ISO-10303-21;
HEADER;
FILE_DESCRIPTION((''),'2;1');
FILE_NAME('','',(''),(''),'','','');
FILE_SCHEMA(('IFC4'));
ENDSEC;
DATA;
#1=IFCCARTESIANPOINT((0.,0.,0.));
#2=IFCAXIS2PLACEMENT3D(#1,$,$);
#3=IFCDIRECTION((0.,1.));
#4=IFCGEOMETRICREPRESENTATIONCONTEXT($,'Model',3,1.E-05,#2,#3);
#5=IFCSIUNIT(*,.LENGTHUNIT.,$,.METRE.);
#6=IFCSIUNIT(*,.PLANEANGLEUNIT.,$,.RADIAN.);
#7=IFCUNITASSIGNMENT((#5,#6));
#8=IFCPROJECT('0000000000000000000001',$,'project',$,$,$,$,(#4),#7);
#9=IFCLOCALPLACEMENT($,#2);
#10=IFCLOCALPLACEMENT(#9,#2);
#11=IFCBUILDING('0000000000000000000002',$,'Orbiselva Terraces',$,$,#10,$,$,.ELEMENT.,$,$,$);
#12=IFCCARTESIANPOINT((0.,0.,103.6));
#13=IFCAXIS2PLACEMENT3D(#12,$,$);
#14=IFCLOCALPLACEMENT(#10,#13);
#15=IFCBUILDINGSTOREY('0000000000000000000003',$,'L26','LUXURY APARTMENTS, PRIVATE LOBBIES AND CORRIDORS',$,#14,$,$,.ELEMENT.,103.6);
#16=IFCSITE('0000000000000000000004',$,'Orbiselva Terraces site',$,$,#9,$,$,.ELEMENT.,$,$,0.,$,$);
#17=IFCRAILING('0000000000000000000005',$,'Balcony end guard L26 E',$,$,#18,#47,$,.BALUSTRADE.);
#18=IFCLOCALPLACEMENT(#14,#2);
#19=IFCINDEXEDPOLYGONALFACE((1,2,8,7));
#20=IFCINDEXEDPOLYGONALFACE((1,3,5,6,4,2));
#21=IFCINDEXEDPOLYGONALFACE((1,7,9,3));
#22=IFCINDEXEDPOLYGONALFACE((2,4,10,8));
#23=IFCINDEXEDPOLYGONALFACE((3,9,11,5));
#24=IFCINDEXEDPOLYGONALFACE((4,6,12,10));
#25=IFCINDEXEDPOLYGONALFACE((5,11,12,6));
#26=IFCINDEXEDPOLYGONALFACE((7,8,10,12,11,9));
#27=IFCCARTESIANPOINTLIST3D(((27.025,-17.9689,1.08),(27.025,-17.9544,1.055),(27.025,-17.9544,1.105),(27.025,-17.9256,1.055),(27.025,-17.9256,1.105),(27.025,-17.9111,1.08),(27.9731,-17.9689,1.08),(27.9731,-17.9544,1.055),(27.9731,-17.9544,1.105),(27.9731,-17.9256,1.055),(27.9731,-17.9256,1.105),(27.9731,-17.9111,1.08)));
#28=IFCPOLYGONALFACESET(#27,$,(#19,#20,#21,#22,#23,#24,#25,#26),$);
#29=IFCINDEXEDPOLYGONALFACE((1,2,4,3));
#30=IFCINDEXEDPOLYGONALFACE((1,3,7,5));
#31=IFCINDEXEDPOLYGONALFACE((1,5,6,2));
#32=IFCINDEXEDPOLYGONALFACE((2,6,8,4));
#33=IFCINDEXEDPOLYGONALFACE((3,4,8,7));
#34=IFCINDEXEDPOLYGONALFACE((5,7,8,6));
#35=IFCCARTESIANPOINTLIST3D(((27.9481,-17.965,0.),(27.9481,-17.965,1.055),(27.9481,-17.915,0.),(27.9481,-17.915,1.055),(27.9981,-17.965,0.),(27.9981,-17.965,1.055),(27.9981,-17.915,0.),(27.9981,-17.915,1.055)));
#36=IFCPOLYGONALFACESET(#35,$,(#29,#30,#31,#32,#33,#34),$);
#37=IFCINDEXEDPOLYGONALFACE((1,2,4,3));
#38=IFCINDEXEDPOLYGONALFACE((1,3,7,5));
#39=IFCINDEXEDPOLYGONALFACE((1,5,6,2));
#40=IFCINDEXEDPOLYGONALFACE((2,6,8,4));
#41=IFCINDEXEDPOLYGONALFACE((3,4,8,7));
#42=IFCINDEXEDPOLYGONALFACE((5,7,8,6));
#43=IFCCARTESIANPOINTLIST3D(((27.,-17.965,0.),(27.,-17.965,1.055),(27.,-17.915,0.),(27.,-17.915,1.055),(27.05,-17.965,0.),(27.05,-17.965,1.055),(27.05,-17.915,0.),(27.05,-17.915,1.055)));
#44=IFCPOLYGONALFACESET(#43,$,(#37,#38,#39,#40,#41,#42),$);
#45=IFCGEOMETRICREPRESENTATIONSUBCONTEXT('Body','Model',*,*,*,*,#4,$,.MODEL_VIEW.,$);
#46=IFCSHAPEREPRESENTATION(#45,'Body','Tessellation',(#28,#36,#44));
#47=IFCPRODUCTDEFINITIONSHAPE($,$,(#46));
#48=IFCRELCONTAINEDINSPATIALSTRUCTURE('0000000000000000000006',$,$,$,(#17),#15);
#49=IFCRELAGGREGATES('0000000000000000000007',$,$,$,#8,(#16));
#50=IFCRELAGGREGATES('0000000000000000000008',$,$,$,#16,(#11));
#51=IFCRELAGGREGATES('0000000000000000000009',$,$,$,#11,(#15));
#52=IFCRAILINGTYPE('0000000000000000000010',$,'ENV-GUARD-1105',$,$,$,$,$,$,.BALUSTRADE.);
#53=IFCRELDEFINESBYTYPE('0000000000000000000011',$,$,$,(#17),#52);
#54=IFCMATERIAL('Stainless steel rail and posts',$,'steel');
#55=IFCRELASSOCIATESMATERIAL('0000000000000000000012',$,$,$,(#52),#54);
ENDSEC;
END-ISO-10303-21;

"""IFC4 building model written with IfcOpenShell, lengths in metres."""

from ifc_helpers import new_model, si_unit, direction, frame, origin, origin_2d, place, context, subcontext, project, spatial, polyline, rectangle, outline, extrude, material, type_object, element, save


model = new_model("IFC4")

# Units and contexts
model_context = context("Model", 3, precision=1e-05, world=origin(), true_north=direction((0.0, 1.0)))
body_context = subcontext(model_context, "Body", "Model", "MODEL_VIEW")
ifc_project = project(units=[si_unit("LENGTHUNIT", "METRE"), si_unit("PLANEANGLEUNIT", "RADIAN")], contexts=[model_context])

# Site, building, storey
site_placement = place(None, origin())
site = spatial("IfcSite", under=ifc_project, at=site_placement, Name="Orbiselva Terraces site", CompositionType="ELEMENT", RefElevation=0.0)
building_placement = place(site_placement, origin())
building = spatial("IfcBuilding", under=site, at=building_placement, Name="Orbiselva Terraces", CompositionType="ELEMENT")
storey_placement = place(building_placement, frame((0.0, 0.0, 103.6)))
storey = spatial("IfcBuildingStorey", under=building, at=storey_placement, Name="L26", Description="LUXURY APARTMENTS, PRIVATE LOBBIES AND CORRIDORS", CompositionType="ELEMENT", Elevation=103.6)

# Railing
ifc_material_1 = material(Name="Stainless steel rail and posts", Category="steel")
railing_type_1 = type_object("IfcRailingType", Name="ENV-GUARD-1105", PredefinedType="BALUSTRADE", material=ifc_material_1)
railing_1_placement = place(storey_placement, frame((27.9731, -17.94, 0.0)))
element("IfcRailing", 1, at=railing_1_placement, inside=storey, type_object=railing_type_1, Name="Balcony end guard L26 E", PredefinedType="BALUSTRADE", context=body_context, shape_type="SweptSolid", body=[
    extrude(outline(polyline([(0.0289, 0.0), (0.0144, 0.025), (-0.0144, 0.025), (-0.0289, 0.0), (-0.0144, -0.025), (0.0144, -0.025), (0.0289, 0.0)])), frame((0.0, 0.0, 1.08), z_axis=(-1.0, 0.0, 0.0), x_axis=(0.0, -1.0, 0.0)), (0.0, 0.0, 1.0), 0.9481),
    extrude(rectangle(XDim=0.05, YDim=0.05, at=origin_2d()), origin(), (0.0, 0.0, 1.0), 1.055),
    extrude(rectangle(XDim=0.05, YDim=0.05, at=origin_2d()), frame((-0.9481, 0.0, 0.0)), (0.0, 0.0, 1.0), 1.055),
])

save(model, "model.ifc")
